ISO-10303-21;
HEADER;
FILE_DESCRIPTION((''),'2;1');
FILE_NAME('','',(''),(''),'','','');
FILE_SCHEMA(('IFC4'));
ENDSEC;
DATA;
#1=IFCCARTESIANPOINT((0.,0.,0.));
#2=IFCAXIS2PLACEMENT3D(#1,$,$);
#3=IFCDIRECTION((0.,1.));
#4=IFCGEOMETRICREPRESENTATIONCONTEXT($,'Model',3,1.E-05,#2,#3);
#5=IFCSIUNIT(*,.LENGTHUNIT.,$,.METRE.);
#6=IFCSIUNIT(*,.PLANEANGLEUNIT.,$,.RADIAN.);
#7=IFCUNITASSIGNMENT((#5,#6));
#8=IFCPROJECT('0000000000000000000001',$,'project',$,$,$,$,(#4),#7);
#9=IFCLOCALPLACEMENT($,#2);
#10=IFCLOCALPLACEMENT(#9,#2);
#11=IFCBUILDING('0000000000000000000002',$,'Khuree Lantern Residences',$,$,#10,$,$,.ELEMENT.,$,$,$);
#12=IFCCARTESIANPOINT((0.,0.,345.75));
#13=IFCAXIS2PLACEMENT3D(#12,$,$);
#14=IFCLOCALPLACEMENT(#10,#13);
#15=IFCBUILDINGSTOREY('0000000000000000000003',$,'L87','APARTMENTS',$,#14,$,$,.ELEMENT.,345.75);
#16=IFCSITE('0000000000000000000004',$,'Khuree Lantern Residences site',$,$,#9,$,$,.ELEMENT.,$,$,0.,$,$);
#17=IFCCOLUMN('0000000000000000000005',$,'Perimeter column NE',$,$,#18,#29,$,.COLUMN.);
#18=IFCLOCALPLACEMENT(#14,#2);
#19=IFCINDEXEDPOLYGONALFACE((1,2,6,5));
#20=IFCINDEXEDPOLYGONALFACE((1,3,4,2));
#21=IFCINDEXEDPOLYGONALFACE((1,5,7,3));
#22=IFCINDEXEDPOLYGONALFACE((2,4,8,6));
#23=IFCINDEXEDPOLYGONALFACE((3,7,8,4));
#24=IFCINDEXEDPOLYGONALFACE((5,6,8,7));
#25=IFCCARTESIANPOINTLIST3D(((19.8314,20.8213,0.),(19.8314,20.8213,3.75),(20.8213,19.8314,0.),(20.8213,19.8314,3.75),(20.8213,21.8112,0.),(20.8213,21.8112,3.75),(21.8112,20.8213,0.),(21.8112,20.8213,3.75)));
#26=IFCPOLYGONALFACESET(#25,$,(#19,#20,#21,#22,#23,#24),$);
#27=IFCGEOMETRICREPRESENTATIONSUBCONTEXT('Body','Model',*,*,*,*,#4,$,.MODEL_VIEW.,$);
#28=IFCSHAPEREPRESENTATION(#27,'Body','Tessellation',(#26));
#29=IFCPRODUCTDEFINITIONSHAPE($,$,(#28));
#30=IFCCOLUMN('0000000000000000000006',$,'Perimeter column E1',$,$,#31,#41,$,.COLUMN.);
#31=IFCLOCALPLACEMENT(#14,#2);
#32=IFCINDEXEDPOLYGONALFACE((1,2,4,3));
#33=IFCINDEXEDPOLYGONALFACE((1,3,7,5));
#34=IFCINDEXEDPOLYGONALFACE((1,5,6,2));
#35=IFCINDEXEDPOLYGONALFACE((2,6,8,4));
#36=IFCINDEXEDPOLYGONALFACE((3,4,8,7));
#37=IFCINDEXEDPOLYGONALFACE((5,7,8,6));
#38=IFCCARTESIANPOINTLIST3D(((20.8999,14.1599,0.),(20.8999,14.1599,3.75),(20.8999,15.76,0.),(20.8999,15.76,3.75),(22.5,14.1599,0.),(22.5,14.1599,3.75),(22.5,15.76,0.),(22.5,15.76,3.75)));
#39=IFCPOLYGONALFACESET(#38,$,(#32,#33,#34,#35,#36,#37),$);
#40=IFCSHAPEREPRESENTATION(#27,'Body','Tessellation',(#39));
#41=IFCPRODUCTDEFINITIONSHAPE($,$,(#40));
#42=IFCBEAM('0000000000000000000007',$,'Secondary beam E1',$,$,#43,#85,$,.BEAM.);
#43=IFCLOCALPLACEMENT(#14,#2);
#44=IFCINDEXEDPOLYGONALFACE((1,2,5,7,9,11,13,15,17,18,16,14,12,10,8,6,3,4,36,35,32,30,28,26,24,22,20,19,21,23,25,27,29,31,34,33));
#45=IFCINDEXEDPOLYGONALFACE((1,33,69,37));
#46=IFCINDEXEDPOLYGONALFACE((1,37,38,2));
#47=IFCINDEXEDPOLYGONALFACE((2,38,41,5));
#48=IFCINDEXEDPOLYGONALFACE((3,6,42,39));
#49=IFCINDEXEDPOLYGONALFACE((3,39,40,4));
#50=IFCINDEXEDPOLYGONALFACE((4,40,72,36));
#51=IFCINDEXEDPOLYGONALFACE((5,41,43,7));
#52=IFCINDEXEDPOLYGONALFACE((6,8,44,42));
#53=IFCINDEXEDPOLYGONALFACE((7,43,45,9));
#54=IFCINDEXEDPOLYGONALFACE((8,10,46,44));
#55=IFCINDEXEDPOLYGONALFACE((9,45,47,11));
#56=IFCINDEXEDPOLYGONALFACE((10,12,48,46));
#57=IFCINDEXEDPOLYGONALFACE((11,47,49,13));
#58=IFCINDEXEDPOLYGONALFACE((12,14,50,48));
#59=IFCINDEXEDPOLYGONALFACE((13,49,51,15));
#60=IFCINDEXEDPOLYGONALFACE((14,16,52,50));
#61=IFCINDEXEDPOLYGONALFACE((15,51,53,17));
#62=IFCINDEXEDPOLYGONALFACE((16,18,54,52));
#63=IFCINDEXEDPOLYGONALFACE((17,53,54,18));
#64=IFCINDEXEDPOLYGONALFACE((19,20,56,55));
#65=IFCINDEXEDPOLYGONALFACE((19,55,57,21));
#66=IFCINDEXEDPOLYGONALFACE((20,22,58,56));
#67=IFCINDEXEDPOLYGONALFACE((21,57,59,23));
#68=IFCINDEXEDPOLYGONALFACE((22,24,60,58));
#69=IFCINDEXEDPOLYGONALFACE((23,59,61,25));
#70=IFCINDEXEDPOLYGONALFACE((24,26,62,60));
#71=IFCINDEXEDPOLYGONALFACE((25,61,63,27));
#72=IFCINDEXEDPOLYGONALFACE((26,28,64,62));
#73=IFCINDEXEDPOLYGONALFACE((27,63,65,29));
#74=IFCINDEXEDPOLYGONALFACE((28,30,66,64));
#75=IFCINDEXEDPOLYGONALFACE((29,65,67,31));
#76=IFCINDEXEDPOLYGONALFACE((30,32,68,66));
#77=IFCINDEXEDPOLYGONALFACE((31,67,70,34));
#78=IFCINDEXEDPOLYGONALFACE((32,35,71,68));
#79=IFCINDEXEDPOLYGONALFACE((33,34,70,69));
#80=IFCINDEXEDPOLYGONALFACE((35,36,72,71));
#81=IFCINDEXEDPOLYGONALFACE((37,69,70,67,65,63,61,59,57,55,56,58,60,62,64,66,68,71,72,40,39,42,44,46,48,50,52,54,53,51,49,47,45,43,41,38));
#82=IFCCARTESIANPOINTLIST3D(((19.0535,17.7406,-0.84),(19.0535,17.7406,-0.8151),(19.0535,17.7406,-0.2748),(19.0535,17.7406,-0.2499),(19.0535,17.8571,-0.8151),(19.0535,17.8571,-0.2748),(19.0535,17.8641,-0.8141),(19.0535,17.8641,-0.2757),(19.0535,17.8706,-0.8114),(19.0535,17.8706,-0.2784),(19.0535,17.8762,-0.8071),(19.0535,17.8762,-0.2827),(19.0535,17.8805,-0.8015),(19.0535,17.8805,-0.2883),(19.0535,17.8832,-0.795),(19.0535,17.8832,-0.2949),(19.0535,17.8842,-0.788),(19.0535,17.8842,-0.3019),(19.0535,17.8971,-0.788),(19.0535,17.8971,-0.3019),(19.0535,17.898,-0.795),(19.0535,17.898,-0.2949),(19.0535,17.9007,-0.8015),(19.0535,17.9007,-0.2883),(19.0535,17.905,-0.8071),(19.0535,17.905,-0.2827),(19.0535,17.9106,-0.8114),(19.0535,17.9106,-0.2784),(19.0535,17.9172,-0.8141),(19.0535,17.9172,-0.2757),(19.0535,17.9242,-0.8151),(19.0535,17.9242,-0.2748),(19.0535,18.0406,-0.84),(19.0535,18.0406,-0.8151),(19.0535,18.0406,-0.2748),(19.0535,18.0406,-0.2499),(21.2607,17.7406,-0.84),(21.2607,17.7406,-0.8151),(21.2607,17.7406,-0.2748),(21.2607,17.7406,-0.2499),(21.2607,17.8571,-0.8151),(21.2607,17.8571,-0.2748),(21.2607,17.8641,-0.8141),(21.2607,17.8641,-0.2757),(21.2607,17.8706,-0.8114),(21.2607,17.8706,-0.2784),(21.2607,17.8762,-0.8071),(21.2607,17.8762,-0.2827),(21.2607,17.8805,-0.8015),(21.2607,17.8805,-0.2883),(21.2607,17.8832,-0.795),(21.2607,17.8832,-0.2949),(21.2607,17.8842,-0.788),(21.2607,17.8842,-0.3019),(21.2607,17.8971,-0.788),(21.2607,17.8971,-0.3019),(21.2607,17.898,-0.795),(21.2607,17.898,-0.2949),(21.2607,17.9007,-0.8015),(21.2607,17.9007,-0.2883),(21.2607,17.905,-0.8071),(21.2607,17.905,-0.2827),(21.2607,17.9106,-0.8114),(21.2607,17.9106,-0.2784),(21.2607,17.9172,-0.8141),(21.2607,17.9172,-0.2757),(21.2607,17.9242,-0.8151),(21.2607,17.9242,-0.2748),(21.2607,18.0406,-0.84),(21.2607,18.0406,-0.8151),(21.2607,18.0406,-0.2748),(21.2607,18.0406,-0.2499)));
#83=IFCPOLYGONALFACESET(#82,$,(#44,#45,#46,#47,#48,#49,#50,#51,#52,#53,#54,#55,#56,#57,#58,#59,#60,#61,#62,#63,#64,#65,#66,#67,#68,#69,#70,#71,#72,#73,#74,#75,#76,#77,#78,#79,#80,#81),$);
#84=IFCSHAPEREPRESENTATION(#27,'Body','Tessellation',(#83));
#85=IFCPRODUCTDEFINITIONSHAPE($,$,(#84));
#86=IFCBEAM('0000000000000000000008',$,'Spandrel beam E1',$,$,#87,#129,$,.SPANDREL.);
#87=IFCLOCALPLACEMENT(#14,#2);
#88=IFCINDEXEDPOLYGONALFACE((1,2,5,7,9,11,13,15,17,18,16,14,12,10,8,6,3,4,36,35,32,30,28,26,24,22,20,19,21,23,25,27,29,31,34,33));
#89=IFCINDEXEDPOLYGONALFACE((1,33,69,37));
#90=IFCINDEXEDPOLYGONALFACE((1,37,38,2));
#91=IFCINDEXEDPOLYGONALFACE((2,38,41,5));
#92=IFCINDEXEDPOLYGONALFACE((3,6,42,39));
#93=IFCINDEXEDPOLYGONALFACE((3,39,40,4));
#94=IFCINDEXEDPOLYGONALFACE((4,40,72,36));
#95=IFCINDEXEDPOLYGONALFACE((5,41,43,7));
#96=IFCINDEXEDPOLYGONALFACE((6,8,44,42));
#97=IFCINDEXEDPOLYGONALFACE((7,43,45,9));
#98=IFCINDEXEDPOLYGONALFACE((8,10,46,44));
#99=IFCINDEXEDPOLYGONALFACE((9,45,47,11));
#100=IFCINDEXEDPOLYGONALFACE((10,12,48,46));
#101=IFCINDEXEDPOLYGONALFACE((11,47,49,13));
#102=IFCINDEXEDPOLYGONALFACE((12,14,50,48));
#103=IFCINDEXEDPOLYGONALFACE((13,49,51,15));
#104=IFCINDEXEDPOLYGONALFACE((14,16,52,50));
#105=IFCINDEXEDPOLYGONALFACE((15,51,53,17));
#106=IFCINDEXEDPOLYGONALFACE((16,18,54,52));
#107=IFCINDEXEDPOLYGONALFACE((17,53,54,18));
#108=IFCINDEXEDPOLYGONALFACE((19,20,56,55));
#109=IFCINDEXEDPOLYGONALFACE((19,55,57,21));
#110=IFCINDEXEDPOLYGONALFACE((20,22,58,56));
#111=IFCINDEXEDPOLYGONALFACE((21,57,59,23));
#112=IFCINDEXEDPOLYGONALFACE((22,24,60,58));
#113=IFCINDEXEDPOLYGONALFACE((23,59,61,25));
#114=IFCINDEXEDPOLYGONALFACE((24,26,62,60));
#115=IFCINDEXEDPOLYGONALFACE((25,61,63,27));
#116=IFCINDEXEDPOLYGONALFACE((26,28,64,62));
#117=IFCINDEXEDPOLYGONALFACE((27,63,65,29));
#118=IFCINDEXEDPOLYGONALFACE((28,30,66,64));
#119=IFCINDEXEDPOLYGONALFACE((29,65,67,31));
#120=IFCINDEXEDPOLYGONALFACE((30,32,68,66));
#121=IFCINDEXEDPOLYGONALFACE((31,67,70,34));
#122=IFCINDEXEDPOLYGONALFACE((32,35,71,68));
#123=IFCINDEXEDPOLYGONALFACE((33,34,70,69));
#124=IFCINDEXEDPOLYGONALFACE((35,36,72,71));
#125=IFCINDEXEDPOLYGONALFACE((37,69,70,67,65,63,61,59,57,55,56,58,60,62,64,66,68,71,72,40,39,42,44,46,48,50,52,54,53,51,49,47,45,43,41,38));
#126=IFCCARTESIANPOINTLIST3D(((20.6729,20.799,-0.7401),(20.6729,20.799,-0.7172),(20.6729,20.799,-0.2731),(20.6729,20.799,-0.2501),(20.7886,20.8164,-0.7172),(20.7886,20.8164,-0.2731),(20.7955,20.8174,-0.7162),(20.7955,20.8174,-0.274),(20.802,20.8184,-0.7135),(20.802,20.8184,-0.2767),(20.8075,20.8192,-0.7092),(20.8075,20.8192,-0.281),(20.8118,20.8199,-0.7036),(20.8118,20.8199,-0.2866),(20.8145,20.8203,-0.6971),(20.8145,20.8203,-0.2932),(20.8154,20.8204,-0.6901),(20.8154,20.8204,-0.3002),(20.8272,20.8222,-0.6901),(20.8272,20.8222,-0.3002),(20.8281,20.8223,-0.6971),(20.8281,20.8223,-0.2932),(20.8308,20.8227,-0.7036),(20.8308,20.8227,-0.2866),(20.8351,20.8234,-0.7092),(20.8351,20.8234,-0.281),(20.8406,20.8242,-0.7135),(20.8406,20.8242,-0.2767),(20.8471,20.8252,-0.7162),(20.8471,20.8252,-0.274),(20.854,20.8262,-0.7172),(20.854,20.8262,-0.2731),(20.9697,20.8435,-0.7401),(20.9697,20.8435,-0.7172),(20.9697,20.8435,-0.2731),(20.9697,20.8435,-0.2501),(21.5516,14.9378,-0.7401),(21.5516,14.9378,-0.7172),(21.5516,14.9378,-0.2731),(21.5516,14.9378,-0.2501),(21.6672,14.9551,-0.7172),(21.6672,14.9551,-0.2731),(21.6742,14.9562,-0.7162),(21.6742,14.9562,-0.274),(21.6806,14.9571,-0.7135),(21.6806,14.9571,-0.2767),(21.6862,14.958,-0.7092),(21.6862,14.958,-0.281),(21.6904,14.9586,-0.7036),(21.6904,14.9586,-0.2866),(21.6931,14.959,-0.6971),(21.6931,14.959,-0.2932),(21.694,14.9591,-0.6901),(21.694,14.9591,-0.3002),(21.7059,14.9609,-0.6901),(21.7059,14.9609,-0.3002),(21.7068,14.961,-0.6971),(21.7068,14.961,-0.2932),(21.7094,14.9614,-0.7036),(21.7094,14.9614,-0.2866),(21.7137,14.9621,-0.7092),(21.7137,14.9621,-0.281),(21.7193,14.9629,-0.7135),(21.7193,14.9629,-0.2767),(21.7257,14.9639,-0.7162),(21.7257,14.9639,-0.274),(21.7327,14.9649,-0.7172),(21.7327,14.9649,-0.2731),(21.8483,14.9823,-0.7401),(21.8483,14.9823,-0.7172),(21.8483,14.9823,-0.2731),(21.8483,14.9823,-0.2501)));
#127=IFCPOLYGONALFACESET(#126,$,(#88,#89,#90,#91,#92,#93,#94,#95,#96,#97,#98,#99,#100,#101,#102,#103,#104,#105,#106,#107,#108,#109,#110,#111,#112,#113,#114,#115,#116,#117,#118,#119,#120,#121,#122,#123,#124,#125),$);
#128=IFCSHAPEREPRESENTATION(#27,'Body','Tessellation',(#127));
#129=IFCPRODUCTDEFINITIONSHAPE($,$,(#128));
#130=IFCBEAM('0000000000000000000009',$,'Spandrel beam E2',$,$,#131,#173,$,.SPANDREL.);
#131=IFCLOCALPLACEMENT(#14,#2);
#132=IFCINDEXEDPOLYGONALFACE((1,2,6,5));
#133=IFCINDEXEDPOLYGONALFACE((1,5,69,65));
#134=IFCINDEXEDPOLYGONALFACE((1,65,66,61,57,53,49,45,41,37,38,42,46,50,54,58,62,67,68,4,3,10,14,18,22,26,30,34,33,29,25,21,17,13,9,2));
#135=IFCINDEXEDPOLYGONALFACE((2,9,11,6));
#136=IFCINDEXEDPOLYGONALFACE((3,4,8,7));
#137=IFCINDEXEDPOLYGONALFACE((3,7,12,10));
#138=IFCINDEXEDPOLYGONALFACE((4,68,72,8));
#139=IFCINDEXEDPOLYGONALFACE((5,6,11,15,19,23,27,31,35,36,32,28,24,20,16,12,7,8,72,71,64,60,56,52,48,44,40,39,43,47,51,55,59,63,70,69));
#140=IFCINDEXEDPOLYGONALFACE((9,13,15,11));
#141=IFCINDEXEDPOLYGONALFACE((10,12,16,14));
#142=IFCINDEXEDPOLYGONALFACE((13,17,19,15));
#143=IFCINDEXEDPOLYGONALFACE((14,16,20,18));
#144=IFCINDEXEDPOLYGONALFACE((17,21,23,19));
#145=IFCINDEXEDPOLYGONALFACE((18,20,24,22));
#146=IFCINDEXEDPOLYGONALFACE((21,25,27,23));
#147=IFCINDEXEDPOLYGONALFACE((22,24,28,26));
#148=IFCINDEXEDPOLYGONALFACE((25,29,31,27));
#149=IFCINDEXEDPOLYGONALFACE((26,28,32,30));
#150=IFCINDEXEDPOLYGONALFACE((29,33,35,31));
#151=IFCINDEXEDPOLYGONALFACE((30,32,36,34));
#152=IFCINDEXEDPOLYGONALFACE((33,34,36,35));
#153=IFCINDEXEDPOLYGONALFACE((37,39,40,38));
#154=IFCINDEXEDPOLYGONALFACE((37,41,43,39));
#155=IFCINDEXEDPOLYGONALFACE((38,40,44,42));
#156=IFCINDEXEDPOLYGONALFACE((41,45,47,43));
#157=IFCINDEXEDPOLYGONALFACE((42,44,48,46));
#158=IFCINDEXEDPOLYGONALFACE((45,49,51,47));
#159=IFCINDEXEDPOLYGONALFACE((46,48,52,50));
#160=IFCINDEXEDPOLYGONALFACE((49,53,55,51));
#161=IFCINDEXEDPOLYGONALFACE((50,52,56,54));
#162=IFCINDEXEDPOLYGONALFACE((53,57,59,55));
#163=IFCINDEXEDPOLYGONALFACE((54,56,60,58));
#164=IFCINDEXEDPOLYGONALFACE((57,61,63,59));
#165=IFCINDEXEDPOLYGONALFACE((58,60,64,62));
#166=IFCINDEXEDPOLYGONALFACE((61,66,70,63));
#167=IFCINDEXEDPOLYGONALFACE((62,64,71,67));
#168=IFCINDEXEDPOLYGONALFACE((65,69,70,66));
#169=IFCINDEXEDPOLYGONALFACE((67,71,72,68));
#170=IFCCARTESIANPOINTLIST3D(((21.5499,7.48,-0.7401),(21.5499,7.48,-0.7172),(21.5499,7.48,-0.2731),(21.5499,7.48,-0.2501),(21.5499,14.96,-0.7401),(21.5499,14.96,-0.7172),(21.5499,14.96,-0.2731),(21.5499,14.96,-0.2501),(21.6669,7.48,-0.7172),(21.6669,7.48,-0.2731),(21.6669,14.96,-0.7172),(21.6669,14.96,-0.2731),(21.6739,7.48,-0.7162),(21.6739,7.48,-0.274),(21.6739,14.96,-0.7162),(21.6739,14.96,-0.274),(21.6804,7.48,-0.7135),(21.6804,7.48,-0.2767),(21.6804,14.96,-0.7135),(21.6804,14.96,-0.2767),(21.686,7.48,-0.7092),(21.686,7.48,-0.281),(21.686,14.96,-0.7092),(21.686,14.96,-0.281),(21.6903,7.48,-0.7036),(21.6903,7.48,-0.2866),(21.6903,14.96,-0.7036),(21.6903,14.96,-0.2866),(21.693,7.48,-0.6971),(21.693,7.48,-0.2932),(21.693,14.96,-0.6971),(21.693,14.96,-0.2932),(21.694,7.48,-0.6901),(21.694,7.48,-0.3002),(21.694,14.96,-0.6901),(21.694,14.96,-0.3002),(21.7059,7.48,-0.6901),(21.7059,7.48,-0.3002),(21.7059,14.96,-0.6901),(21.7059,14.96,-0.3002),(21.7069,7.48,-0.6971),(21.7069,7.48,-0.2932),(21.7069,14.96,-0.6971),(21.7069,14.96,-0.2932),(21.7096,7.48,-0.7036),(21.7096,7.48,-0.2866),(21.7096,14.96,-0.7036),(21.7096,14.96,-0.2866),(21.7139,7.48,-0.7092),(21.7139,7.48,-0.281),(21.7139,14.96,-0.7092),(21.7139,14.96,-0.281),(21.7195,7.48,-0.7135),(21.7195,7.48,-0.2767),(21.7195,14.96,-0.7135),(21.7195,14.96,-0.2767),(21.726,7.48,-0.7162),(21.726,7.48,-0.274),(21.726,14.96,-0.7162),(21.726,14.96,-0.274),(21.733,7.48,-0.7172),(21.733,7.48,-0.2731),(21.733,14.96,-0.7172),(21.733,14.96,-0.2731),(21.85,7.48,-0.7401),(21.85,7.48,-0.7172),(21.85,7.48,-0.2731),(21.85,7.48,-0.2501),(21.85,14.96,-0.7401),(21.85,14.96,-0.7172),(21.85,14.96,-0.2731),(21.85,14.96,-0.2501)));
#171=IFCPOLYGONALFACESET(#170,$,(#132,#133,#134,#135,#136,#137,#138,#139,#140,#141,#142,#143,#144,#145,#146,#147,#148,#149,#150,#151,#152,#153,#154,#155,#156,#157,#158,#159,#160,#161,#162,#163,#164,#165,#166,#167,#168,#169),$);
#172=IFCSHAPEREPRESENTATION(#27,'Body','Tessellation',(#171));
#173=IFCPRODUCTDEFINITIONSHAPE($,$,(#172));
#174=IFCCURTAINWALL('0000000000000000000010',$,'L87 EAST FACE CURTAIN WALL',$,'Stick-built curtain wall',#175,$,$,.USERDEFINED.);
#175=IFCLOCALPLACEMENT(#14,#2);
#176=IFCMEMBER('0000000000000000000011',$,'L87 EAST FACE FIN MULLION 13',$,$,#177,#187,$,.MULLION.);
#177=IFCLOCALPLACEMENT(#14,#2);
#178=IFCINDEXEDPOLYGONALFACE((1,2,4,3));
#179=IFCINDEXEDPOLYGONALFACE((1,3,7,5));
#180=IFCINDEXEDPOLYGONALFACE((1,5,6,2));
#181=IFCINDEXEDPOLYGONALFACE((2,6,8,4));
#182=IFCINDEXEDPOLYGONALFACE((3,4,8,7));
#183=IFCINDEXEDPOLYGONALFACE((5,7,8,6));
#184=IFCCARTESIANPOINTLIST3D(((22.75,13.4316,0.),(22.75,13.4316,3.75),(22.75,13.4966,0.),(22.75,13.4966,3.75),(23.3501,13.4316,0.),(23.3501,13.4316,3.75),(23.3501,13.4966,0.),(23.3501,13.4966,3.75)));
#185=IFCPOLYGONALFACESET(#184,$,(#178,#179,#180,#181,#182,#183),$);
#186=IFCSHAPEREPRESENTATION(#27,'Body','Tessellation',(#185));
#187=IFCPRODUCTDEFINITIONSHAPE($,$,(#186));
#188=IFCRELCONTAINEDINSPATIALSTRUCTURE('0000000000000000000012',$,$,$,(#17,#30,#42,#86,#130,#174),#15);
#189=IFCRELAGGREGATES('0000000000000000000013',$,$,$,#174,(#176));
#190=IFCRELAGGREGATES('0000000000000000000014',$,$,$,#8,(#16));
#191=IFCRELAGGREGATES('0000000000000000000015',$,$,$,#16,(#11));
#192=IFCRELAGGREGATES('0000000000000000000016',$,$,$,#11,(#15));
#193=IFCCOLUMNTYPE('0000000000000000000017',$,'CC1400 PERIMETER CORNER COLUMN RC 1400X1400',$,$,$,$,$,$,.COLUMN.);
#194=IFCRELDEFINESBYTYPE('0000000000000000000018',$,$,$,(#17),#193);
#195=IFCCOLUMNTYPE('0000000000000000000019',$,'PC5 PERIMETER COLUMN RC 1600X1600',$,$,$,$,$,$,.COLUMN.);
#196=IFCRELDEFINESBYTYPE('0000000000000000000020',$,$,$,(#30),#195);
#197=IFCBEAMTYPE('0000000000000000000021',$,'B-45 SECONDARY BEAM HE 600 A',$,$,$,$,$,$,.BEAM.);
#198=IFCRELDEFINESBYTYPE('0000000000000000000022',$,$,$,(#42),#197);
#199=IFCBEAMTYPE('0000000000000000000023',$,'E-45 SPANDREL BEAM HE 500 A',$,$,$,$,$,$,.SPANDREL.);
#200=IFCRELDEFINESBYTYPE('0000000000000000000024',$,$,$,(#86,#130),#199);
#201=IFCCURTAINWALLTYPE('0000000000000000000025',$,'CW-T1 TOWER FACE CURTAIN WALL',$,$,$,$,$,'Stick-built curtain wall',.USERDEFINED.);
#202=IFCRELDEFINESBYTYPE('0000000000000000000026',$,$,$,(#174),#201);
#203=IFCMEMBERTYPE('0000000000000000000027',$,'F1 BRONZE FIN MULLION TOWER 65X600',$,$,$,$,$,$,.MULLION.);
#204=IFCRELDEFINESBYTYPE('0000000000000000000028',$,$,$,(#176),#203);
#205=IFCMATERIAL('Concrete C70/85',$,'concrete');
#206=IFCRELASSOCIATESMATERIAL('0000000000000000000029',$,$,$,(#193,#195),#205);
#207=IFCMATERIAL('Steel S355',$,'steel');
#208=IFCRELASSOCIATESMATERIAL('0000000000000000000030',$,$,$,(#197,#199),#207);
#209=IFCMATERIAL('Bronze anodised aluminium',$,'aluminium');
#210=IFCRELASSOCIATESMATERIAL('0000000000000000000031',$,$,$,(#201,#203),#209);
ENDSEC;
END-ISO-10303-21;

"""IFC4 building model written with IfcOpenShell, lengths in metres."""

from ifc_helpers import new_model, si_unit, direction, frame, origin, origin_2d, place, context, subcontext, project, spatial, rectangle, i_section, extrude, material, material_profile, profile_set, type_object, element, aggregate, save


model = new_model("IFC4")

# Units and contexts
model_context = context("Model", 3, precision=1e-05, world=origin(), true_north=direction((0.0, 1.0)))
body_context = subcontext(model_context, "Body", "Model", "MODEL_VIEW")
ifc_project = project(units=[si_unit("LENGTHUNIT", "METRE"), si_unit("PLANEANGLEUNIT", "RADIAN")], contexts=[model_context])

# Site, building, storey
site_placement = place(None, origin())
site = spatial("IfcSite", under=ifc_project, at=site_placement, Name="Khuree Lantern Residences site", CompositionType="ELEMENT", RefElevation=0.0)
building_placement = place(site_placement, origin())
building = spatial("IfcBuilding", under=site, at=building_placement, Name="Khuree Lantern Residences", CompositionType="ELEMENT")
storey_placement = place(building_placement, frame((0.0, 0.0, 345.75)))
storey = spatial("IfcBuildingStorey", under=building, at=storey_placement, Name="L87", Description="APARTMENTS", CompositionType="ELEMENT", Elevation=345.75)

# Columns
ifc_material_1 = material(Name="Concrete C70/85", Category="concrete")
ifc_material_profile_1 = material_profile(ifc_material_1, rectangle(XDim=1.3999, YDim=1.3999, at=origin_2d()), Name="RC 1400X1400")
ifc_profile_set_1 = profile_set([ifc_material_profile_1], Name="Concrete C70/85")
column_type_1 = type_object("IfcColumnType", Name="CC1400 PERIMETER CORNER COLUMN RC 1400X1400", PredefinedType="COLUMN", material=ifc_profile_set_1)
column_1_placement = place(storey_placement, frame((20.8213, 20.8213, 0.0), z_axis=(0.0, 0.0, 1.0), x_axis=(0.707107, -0.707107, 0.0)))
element("IfcColumn", 1, at=column_1_placement, inside=storey, type_object=column_type_1, Name="Perimeter column NE", PredefinedType="COLUMN", context=body_context, shape_type="SweptSolid", body=[
    extrude(rectangle(XDim=1.3999, YDim=1.3999, at=origin_2d()), origin(), (0.0, 0.0, 1.0), 3.75),
])
ifc_material_profile_2 = material_profile(ifc_material_1, rectangle(XDim=1.6001, YDim=1.6001, at=origin_2d()), Name="RC 1600X1600")
ifc_profile_set_2 = profile_set([ifc_material_profile_2], Name="Concrete C70/85")
column_type_2 = type_object("IfcColumnType", Name="PC5 PERIMETER COLUMN RC 1600X1600", PredefinedType="COLUMN", material=ifc_profile_set_2)
column_2_placement = place(storey_placement, frame((21.7, 14.96, 0.0), z_axis=(0.0, 0.0, 1.0), x_axis=(0.0, 1.0, 0.0)))
element("IfcColumn", 2, at=column_2_placement, inside=storey, type_object=column_type_2, Name="Perimeter column E1", PredefinedType="COLUMN", context=body_context, shape_type="SweptSolid", body=[
    extrude(rectangle(XDim=1.6001, YDim=1.6001, at=origin_2d()), origin(), (0.0, 0.0, 1.0), 3.75),
])

# Beams
ifc_material_2 = material(Name="Steel S355", Category="steel")
ifc_material_profile_3 = material_profile(ifc_material_2, i_section(OverallWidth=0.3, OverallDepth=0.5901, WebThickness=0.0129, FlangeThickness=0.0249, FilletRadius=0.0271, at=origin_2d()), Name="HE 600 A")
ifc_profile_set_3 = profile_set([ifc_material_profile_3], Name="Steel S355")
beam_type_1 = type_object("IfcBeamType", Name="B-45 SECONDARY BEAM HE 600 A", PredefinedType="BEAM", material=ifc_profile_set_3)
beam_1_placement = place(storey_placement, frame((21.2607, 17.8906, -0.5449), z_axis=(-1.0, 0.0, 0.0), x_axis=(0.0, -1.0, 0.0)))
element("IfcBeam", 3, at=beam_1_placement, inside=storey, type_object=beam_type_1, Name="Secondary beam E1", PredefinedType="BEAM", context=body_context, shape_type="SweptSolid", body=[
    extrude(i_section(OverallWidth=0.3, OverallDepth=0.5901, WebThickness=0.0129, FlangeThickness=0.0249, FilletRadius=0.0271, at=origin_2d()), origin(), (0.0, 0.0, 1.0), 2.2073),
])
ifc_material_profile_4 = material_profile(ifc_material_2, i_section(OverallWidth=0.3, OverallDepth=0.49, WebThickness=0.012, FlangeThickness=0.0229, FilletRadius=0.0271, at=origin_2d()), Name="HE 500 A")
ifc_profile_set_4 = profile_set([ifc_material_profile_4], Name="Steel S355")
beam_type_2 = type_object("IfcBeamType", Name="E-45 SPANDREL BEAM HE 500 A", PredefinedType="SPANDREL", material=ifc_profile_set_4)
beam_2_placement = place(storey_placement, frame((20.8213, 20.8213, -0.4951), z_axis=(0.148252, -0.98895, 0.0), x_axis=(0.98895, 0.148252, 0.0)))
element("IfcBeam", 4, at=beam_2_placement, inside=storey, type_object=beam_type_2, Name="Spandrel beam E1", PredefinedType="SPANDREL", context=body_context, shape_type="SweptSolid", body=[
    extrude(i_section(OverallWidth=0.3, OverallDepth=0.49, WebThickness=0.012, FlangeThickness=0.0229, FilletRadius=0.0271, at=origin_2d()), origin(), (0.0, 0.0, 1.0), 5.9268),
])
beam_3_placement = place(storey_placement, frame((21.7, 14.96, -0.4951), z_axis=(0.0, -1.0, 0.0), x_axis=(1.0, 0.0, 0.0)))
element("IfcBeam", 5, at=beam_3_placement, inside=storey, type_object=beam_type_2, Name="Spandrel beam E2", PredefinedType="SPANDREL", context=body_context, shape_type="SweptSolid", body=[
    extrude(i_section(OverallWidth=0.3, OverallDepth=0.49, WebThickness=0.012, FlangeThickness=0.0229, FilletRadius=0.0271, at=origin_2d()), origin(), (0.0, 0.0, 1.0), 7.48),
])

# Curtain wall, member
ifc_material_3 = material(Name="Bronze anodised aluminium", Category="aluminium")
curtain_wall_type_1 = type_object("IfcCurtainWallType", Name="CW-T1 TOWER FACE CURTAIN WALL", ElementType="Stick-built curtain wall", PredefinedType="USERDEFINED", material=ifc_material_3)
curtain_wall_1_placement = place(storey_placement, origin())
curtain_wall_1 = element("IfcCurtainWall", 6, at=curtain_wall_1_placement, inside=storey, type_object=curtain_wall_type_1, Name="L87 EAST FACE CURTAIN WALL", ObjectType="Stick-built curtain wall", PredefinedType="USERDEFINED")
ifc_material_profile_5 = material_profile(ifc_material_3, rectangle(XDim=0.0649, YDim=0.6001, at=origin_2d()), Name="F1 65X600")
ifc_profile_set_5 = profile_set([ifc_material_profile_5], Name="Bronze anodised aluminium")
member_type_1 = type_object("IfcMemberType", Name="F1 BRONZE FIN MULLION TOWER 65X600", PredefinedType="MULLION", material=ifc_profile_set_5)
member_1_placement = place(storey_placement, frame((23.05, 13.4641, 0.0), z_axis=(0.0, 0.0, 1.0), x_axis=(0.0, 1.0, 0.0)))
member_1 = element("IfcMember", 7, at=member_1_placement, type_object=member_type_1, Name="L87 EAST FACE FIN MULLION 13", PredefinedType="MULLION", context=body_context, shape_type="SweptSolid", body=[
    extrude(rectangle(XDim=0.0649, YDim=0.6001, at=origin_2d()), origin(), (0.0, 0.0, 1.0), 3.75),
])

aggregate(curtain_wall_1, [member_1])

save(model, "model.ifc")
